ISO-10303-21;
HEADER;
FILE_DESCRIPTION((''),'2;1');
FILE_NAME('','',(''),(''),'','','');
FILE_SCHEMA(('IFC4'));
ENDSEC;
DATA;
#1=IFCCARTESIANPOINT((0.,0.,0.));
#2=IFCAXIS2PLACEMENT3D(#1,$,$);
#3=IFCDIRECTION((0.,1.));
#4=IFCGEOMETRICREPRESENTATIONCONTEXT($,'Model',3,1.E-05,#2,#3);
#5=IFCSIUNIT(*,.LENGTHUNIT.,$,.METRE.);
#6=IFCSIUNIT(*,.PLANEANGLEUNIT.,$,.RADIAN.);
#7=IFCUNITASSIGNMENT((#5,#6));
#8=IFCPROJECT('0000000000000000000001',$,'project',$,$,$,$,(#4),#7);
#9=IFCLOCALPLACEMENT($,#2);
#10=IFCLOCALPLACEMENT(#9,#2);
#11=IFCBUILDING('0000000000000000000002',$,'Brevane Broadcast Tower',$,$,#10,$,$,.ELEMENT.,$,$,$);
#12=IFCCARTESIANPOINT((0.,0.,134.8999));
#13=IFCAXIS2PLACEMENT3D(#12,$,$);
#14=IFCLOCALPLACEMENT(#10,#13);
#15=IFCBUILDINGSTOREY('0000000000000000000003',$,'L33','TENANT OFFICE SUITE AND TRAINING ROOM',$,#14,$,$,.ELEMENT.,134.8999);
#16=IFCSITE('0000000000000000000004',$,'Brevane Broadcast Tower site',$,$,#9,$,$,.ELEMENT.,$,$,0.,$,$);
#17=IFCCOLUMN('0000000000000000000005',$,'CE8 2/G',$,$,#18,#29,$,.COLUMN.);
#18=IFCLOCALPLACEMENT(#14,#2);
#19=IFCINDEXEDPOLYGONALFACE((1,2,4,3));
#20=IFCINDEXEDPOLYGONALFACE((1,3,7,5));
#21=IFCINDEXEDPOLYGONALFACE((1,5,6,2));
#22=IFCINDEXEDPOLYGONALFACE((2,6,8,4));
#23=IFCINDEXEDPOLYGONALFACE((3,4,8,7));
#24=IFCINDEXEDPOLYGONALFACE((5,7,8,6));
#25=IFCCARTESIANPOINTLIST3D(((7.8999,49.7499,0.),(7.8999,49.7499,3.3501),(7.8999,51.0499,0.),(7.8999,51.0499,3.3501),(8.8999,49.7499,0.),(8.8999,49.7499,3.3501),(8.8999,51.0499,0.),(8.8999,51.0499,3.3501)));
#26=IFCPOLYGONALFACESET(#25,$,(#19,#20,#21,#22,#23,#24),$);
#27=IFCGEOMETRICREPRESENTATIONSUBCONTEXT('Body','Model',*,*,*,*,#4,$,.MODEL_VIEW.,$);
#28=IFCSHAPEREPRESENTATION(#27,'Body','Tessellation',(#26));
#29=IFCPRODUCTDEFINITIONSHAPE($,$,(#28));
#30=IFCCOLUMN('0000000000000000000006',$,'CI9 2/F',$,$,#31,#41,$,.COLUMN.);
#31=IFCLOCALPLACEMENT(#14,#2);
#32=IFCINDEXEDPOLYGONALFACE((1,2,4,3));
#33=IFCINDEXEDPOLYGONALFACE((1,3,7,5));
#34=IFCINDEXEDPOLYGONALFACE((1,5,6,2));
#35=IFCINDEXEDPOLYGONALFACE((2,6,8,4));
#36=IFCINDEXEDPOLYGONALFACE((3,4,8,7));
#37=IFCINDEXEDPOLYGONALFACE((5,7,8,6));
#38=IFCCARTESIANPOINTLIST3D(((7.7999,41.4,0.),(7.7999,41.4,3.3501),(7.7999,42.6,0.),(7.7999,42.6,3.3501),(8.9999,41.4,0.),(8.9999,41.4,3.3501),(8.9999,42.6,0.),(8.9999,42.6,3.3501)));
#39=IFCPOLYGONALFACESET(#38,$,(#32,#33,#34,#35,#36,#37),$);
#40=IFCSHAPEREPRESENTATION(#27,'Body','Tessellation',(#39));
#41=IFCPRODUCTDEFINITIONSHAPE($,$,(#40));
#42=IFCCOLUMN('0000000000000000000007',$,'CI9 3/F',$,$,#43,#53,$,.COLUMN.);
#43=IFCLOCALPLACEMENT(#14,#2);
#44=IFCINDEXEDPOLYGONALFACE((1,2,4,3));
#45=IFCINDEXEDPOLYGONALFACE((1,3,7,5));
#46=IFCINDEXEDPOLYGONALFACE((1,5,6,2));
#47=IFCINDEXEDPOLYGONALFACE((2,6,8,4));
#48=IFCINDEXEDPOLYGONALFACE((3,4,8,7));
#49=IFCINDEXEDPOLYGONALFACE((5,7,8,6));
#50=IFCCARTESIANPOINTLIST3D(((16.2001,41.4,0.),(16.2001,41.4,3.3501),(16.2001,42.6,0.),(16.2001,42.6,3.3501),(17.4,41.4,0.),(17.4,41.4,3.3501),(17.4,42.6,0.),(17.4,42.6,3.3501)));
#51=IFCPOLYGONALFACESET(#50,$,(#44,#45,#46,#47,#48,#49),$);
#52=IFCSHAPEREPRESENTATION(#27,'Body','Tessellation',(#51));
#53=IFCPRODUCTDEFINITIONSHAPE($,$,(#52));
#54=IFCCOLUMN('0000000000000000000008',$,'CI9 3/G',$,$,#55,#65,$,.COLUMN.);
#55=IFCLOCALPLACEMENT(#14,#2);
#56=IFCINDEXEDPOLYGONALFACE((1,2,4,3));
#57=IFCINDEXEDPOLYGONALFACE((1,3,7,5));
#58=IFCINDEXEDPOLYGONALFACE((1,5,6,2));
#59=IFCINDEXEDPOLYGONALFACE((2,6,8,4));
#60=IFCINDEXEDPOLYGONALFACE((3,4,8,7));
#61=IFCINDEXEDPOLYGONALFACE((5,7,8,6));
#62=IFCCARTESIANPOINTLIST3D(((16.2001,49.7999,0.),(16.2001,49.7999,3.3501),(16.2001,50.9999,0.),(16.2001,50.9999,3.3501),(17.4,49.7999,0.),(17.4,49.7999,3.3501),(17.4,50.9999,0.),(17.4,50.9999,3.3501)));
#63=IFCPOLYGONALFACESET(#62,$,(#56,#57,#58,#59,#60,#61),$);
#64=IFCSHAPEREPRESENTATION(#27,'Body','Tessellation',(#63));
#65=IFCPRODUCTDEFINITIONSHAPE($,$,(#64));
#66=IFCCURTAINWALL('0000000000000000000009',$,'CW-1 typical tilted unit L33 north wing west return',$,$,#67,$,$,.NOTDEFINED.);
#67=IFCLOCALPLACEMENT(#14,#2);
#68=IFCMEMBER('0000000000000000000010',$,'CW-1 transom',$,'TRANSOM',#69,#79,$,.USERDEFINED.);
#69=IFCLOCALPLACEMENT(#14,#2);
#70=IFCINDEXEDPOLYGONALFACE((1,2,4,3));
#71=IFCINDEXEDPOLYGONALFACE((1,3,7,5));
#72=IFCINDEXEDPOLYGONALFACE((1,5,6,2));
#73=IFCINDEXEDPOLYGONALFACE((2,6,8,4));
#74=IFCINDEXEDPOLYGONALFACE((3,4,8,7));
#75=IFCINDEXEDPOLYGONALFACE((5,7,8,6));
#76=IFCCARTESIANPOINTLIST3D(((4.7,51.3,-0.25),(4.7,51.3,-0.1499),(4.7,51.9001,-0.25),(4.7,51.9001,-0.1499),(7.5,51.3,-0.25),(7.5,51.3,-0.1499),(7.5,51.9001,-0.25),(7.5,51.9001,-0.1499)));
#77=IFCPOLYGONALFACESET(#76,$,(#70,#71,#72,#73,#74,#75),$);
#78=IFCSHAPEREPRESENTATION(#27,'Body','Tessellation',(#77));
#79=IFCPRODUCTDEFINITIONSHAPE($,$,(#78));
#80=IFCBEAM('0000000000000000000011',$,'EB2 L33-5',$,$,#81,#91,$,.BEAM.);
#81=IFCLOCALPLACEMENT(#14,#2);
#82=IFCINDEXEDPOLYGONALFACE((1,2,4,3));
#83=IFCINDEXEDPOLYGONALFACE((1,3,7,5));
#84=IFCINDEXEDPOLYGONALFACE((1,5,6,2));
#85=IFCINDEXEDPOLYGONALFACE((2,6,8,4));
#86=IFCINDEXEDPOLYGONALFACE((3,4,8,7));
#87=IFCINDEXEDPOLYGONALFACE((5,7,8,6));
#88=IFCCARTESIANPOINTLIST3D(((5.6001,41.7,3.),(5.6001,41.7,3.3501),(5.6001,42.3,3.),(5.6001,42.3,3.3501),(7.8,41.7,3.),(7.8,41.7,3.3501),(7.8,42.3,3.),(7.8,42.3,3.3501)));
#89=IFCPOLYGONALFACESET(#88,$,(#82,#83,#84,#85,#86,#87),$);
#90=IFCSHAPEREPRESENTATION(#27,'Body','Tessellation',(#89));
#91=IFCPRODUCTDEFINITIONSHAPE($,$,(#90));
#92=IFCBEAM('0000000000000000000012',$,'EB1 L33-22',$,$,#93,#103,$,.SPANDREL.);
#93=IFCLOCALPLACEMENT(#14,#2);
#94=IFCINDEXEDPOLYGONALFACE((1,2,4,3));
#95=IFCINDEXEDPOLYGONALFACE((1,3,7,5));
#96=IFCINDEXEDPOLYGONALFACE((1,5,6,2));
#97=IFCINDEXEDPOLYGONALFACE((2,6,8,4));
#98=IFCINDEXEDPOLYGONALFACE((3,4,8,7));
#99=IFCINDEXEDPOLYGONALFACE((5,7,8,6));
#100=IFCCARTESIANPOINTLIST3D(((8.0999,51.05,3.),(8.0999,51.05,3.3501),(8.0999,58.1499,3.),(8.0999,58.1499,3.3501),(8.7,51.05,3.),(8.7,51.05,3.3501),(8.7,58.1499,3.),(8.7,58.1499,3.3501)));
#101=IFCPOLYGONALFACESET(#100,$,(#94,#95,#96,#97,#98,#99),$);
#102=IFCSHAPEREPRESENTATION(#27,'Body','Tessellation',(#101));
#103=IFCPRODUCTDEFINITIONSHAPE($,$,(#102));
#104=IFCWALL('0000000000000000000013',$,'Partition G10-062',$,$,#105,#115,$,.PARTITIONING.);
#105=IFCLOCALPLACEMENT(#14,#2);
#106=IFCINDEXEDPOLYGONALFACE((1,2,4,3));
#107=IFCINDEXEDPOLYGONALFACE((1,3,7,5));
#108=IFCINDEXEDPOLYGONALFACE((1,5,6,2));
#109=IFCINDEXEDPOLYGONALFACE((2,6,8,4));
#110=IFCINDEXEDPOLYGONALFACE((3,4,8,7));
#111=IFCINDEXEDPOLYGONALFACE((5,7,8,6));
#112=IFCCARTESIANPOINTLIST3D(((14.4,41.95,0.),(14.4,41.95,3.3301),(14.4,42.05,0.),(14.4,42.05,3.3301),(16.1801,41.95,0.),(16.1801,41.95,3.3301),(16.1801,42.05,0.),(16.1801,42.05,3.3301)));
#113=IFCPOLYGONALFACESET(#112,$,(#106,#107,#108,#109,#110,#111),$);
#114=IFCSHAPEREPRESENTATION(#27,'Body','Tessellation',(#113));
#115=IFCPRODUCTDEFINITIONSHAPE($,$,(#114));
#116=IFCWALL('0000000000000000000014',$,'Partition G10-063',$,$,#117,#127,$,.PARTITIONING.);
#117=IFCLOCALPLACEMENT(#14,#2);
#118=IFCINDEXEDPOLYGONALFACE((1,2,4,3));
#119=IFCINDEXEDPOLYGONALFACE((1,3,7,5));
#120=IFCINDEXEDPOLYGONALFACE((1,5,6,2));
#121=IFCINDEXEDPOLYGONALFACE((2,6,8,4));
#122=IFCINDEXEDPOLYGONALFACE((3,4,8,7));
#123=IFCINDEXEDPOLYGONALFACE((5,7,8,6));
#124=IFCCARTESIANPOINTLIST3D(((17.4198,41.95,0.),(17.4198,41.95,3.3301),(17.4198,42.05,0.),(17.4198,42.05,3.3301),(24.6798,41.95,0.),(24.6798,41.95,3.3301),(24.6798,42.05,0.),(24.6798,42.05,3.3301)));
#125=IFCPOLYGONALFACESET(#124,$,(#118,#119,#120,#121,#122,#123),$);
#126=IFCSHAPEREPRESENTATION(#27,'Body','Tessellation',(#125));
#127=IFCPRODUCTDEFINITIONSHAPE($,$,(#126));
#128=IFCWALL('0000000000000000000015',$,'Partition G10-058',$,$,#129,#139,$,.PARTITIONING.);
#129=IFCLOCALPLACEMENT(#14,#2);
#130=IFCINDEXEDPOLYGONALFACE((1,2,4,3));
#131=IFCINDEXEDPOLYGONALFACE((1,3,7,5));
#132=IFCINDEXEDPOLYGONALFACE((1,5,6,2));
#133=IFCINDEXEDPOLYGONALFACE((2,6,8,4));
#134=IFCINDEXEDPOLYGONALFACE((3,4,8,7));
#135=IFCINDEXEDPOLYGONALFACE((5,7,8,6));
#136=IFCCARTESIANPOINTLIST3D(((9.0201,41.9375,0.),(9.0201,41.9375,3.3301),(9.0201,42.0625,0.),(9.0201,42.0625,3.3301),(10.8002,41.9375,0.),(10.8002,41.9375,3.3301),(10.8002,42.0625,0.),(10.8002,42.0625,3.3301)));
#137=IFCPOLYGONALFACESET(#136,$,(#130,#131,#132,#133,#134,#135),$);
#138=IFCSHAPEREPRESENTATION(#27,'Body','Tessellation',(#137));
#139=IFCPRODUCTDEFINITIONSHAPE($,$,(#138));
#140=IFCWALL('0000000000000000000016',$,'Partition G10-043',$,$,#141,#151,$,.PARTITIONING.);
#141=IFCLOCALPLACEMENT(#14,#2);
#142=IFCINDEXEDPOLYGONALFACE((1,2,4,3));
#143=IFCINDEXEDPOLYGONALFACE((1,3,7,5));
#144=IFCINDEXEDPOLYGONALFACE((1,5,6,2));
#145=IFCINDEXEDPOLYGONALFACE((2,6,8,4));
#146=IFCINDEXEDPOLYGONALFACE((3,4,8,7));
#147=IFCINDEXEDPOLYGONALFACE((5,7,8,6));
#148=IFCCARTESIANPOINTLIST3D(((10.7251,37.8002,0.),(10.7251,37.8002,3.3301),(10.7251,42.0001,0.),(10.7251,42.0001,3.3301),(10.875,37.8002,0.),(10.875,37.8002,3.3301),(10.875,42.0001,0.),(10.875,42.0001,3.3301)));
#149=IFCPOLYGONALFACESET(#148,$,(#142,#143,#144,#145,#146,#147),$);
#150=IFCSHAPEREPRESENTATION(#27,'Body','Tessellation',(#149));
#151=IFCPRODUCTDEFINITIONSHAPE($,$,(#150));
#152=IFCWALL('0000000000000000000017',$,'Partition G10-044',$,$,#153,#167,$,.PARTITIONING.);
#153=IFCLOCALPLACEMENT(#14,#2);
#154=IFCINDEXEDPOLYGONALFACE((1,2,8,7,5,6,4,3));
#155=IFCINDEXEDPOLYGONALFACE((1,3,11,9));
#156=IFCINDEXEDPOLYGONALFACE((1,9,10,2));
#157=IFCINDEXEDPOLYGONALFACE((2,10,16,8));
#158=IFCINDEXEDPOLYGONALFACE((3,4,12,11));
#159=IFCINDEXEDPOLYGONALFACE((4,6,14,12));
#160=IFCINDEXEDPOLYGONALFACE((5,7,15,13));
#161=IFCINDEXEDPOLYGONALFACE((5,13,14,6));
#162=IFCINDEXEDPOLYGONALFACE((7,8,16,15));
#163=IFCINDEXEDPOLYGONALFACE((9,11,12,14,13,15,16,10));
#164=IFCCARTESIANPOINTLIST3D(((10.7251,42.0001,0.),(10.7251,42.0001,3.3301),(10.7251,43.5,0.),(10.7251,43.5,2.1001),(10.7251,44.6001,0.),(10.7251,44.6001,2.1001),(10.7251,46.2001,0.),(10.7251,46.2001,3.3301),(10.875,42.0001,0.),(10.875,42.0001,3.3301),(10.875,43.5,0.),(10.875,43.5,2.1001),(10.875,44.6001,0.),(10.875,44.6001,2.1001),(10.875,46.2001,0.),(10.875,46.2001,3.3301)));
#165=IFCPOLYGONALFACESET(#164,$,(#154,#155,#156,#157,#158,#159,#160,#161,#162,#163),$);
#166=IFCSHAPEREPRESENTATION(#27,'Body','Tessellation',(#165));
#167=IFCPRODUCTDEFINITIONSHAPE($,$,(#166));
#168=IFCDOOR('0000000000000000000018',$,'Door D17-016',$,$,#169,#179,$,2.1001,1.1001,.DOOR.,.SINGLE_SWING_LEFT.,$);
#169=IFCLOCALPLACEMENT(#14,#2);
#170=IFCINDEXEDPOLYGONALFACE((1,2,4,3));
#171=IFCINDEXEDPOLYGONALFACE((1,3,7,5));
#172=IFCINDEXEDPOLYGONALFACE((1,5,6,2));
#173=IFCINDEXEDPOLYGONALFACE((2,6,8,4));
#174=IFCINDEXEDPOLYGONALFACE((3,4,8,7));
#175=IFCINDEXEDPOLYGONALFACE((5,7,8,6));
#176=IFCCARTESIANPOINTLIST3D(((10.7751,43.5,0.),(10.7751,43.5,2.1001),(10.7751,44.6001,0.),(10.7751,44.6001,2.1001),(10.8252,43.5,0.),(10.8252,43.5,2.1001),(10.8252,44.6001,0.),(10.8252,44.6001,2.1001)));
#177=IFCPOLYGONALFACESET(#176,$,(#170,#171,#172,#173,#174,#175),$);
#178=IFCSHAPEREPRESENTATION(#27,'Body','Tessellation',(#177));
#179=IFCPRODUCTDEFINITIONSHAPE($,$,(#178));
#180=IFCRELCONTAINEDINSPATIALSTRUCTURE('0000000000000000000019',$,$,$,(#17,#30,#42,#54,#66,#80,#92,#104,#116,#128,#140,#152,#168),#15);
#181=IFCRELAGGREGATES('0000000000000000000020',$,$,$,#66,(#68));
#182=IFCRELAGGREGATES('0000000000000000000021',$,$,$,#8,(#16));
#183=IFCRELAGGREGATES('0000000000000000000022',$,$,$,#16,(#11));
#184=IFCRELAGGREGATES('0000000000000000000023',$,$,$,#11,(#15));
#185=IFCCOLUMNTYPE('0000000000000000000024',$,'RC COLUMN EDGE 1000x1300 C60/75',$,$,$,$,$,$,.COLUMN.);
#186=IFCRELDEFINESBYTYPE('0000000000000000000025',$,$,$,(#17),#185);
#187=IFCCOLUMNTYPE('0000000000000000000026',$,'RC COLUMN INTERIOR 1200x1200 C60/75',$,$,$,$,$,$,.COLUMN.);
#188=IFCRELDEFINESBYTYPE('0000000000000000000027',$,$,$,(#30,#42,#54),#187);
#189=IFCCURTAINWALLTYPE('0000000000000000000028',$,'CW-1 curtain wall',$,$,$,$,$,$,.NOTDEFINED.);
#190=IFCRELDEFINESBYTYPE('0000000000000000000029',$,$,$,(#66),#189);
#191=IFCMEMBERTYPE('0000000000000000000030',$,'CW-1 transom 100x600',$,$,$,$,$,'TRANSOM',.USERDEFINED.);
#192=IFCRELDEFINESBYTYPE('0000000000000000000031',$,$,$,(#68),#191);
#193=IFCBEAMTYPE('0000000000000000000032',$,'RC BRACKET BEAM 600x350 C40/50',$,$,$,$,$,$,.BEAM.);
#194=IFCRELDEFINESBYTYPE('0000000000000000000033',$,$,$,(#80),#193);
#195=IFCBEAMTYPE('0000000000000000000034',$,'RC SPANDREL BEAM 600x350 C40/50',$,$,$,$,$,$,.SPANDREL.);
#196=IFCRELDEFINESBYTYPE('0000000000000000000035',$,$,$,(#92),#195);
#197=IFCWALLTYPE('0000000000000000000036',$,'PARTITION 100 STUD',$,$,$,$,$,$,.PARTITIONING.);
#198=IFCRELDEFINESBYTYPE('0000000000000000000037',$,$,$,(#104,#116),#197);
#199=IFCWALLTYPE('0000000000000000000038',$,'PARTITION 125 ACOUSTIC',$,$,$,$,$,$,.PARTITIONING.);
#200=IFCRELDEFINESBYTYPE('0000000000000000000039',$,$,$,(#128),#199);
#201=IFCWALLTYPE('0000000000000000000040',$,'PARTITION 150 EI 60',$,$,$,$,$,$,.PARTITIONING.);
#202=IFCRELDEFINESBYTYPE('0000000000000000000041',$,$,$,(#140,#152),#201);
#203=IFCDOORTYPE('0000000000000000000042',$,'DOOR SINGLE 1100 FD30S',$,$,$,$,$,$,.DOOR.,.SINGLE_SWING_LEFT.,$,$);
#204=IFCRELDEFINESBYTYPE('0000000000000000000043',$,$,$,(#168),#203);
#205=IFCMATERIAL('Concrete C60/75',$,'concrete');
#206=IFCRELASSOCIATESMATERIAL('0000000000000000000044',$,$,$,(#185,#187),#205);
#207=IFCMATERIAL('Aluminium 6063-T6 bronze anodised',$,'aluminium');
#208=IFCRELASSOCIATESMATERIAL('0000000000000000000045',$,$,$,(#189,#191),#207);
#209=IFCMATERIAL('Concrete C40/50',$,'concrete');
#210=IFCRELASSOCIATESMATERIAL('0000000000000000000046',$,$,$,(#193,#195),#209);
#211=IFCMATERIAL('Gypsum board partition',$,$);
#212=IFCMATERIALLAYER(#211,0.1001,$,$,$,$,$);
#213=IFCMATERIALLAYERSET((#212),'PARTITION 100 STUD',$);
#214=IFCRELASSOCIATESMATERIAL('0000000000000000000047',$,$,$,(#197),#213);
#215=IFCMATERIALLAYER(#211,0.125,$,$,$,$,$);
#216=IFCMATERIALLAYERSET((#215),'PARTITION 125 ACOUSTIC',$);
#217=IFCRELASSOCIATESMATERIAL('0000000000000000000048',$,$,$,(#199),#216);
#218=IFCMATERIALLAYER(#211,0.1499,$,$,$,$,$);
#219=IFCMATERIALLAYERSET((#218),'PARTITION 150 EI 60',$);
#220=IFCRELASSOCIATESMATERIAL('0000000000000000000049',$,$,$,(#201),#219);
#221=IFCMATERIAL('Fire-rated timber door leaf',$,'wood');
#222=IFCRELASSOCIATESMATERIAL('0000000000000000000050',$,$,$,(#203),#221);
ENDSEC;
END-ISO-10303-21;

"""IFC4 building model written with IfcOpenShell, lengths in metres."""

from ifc_helpers import new_model, si_unit, direction, frame, frame_2d, origin, origin_2d, place, context, subcontext, project, spatial, rectangle, extrude, material, layer, layer_set, material_profile, profile_set, type_object, element, fill, aggregate, save


model = new_model("IFC4")

# Units and contexts
model_context = context("Model", 3, precision=1e-05, world=origin(), true_north=direction((0.0, 1.0)))
body_context = subcontext(model_context, "Body", "Model", "MODEL_VIEW")
ifc_project = project(units=[si_unit("LENGTHUNIT", "METRE"), si_unit("PLANEANGLEUNIT", "RADIAN")], contexts=[model_context])

# Site, building, storey
site_placement = place(None, origin())
site = spatial("IfcSite", under=ifc_project, at=site_placement, Name="Brevane Broadcast Tower site", CompositionType="ELEMENT", RefElevation=0.0)
building_placement = place(site_placement, origin())
building = spatial("IfcBuilding", under=site, at=building_placement, Name="Brevane Broadcast Tower", CompositionType="ELEMENT")
storey_placement = place(building_placement, frame((0.0, 0.0, 134.8999)))
storey = spatial("IfcBuildingStorey", under=building, at=storey_placement, Name="L33", Description="TENANT OFFICE SUITE AND TRAINING ROOM", CompositionType="ELEMENT", Elevation=134.8999)

# Columns
ifc_material_1 = material(Name="Concrete C60/75", Category="concrete")
ifc_material_profile_1 = material_profile(ifc_material_1, rectangle(XDim=1.0, YDim=1.3, at=origin_2d()), Name="RC 1000x1300")
ifc_profile_set_1 = profile_set([ifc_material_profile_1], Name="Concrete C60/75")
column_type_1 = type_object("IfcColumnType", Name="RC COLUMN EDGE 1000x1300 C60/75", PredefinedType="COLUMN", material=ifc_profile_set_1)
column_placement = place(storey_placement, frame((8.3999, 50.3999, 0.0), z_axis=(0.0, 0.0, 1.0), x_axis=(1.0, 0.0, 0.0)))
element("IfcColumn", 1, at=column_placement, inside=storey, type_object=column_type_1, Name="CE8 2/G", PredefinedType="COLUMN", context=body_context, shape_type="SweptSolid", body=[
    extrude(rectangle(XDim=1.0, YDim=1.3, at=origin_2d()), origin(), (0.0, 0.0, 1.0), 3.3501),
])
ifc_material_profile_2 = material_profile(ifc_material_1, rectangle(XDim=1.2, YDim=1.2, at=origin_2d()), Name="RC 1200x1200")
ifc_profile_set_2 = profile_set([ifc_material_profile_2], Name="Concrete C60/75")
column_type_2 = type_object("IfcColumnType", Name="RC COLUMN INTERIOR 1200x1200 C60/75", PredefinedType="COLUMN", material=ifc_profile_set_2)
for number, where, z_axis, x_axis, name in (
    (2, (8.3999, 42.0, 0.0), (0.0, 0.0, 1.0), (1.0, 0.0, 0.0), "CI9 2/F"),
    (3, (16.8, 42.0, 0.0), (0.0, 0.0, 1.0), (1.0, 0.0, 0.0), "CI9 3/F"),
    (4, (16.8, 50.3999, 0.0), (0.0, 0.0, 1.0), (1.0, 0.0, 0.0), "CI9 3/G"),
):
    element("IfcColumn", number, at=place(storey_placement, frame(where, z_axis=z_axis, x_axis=x_axis)), inside=storey, type_object=column_type_2, Name=name, PredefinedType="COLUMN", context=body_context, shape_type="SweptSolid", body=[
        extrude(rectangle(XDim=1.2, YDim=1.2, at=origin_2d()), origin(), (0.0, 0.0, 1.0), 3.3501),
    ])

# Curtain wall, member
ifc_material_2 = material(Name="Aluminium 6063-T6 bronze anodised", Category="aluminium")
curtain_wall_type = type_object("IfcCurtainWallType", Name="CW-1 curtain wall", PredefinedType="NOTDEFINED", material=ifc_material_2)
curtain_wall_placement = place(storey_placement, origin())
curtain_wall = element("IfcCurtainWall", 5, at=curtain_wall_placement, inside=storey, type_object=curtain_wall_type, Name="CW-1 typical tilted unit L33 north wing west return", PredefinedType="NOTDEFINED")
ifc_material_profile_3 = material_profile(ifc_material_2, rectangle(XDim=0.6001, YDim=0.1001, at=origin_2d()), Name="RECT 100x600")
ifc_profile_set_3 = profile_set([ifc_material_profile_3], Name="Aluminium 6063-T6 bronze anodised")
member_type = type_object("IfcMemberType", Name="CW-1 transom 100x600", ElementType="TRANSOM", PredefinedType="USERDEFINED", material=ifc_profile_set_3)
member_placement = place(storey_placement, frame((7.5, 51.6001, -0.2), z_axis=(-1.0, 0.0, 0.0), x_axis=(0.0, -1.0, 0.0)))
member = element("IfcMember", 6, at=member_placement, type_object=member_type, Name="CW-1 transom", ObjectType="TRANSOM", PredefinedType="USERDEFINED", context=body_context, shape_type="SweptSolid", body=[
    extrude(rectangle(XDim=0.6001, YDim=0.1001, at=origin_2d()), origin(), (0.0, 0.0, 1.0), 2.8),
])
aggregate(curtain_wall, [member])

# Beams
ifc_material_3 = material(Name="Concrete C40/50", Category="concrete")
ifc_material_profile_4 = material_profile(ifc_material_3, rectangle(XDim=0.6001, YDim=0.3501, at=origin_2d()), Name="RC 600x350")
ifc_profile_set_4 = profile_set([ifc_material_profile_4], Name="Concrete C40/50")
beam_type_1 = type_object("IfcBeamType", Name="RC BRACKET BEAM 600x350 C40/50", PredefinedType="BEAM", material=ifc_profile_set_4)
beam_1_placement = place(storey_placement, frame((7.8, 42.0, 3.175), z_axis=(-1.0, 0.0, 0.0), x_axis=(0.0, -1.0, 0.0)))
element("IfcBeam", 7, at=beam_1_placement, inside=storey, type_object=beam_type_1, Name="EB2 L33-5", PredefinedType="BEAM", context=body_context, shape_type="SweptSolid", body=[
    extrude(rectangle(XDim=0.6001, YDim=0.3501, at=origin_2d()), origin(), (0.0, 0.0, 1.0), 2.2),
])
ifc_material_profile_5 = material_profile(ifc_material_3, rectangle(XDim=0.6001, YDim=0.3501, at=origin_2d()), Name="RC 600x350")
ifc_profile_set_5 = profile_set([ifc_material_profile_5], Name="Concrete C40/50")
beam_type_2 = type_object("IfcBeamType", Name="RC SPANDREL BEAM 600x350 C40/50", PredefinedType="SPANDREL", material=ifc_profile_set_5)
beam_2_placement = place(storey_placement, frame((8.3999, 51.05, 3.175), z_axis=(0.0, 1.0, 0.0), x_axis=(-1.0, 0.0, 0.0)))
element("IfcBeam", 8, at=beam_2_placement, inside=storey, type_object=beam_type_2, Name="EB1 L33-22", PredefinedType="SPANDREL", context=body_context, shape_type="SweptSolid", body=[
    extrude(rectangle(XDim=0.6001, YDim=0.3501, at=origin_2d()), origin(), (0.0, 0.0, 1.0), 7.0999),
])

# Walls
ifc_material_4 = material(Name="Gypsum board partition")
ifc_layer_1 = layer(ifc_material_4, 0.1001)
ifc_layer_set_1 = layer_set([ifc_layer_1], Name="PARTITION 100 STUD")
wall_type_1 = type_object("IfcWallType", Name="PARTITION 100 STUD", PredefinedType="PARTITIONING", material=ifc_layer_set_1)
wall_1_placement = place(storey_placement, frame((14.3999, 42.0, 0.0), z_axis=(0.0, 0.0, 1.0), x_axis=(1.0, 0.0, 0.0)))
element("IfcWall", 9, at=wall_1_placement, inside=storey, type_object=wall_type_1, Name="Partition G10-062", PredefinedType="PARTITIONING", context=body_context, shape_type="SweptSolid", body=[
    extrude(rectangle(XDim=1.78, YDim=0.1001, at=frame_2d((0.8901, 0.0))), origin(), (0.0, 0.0, 1.0), 3.3301),
])
wall_2_placement = place(storey_placement, frame((17.4199, 42.0, 0.0), z_axis=(0.0, 0.0, 1.0), x_axis=(1.0, 0.0, 0.0)))
element("IfcWall", 10, at=wall_2_placement, inside=storey, type_object=wall_type_1, Name="Partition G10-063", PredefinedType="PARTITIONING", context=body_context, shape_type="SweptSolid", body=[
    extrude(rectangle(XDim=7.26, YDim=0.1001, at=frame_2d((3.6299, 0.0))), origin(), (0.0, 0.0, 1.0), 3.3301),
])
ifc_layer_2 = layer(ifc_material_4, 0.125)
ifc_layer_set_2 = layer_set([ifc_layer_2], Name="PARTITION 125 ACOUSTIC")
wall_type_2 = type_object("IfcWallType", Name="PARTITION 125 ACOUSTIC", PredefinedType="PARTITIONING", material=ifc_layer_set_2)
wall_3_placement = place(storey_placement, frame((9.02, 42.0, 0.0), z_axis=(0.0, 0.0, 1.0), x_axis=(1.0, 0.0, 0.0)))
element("IfcWall", 11, at=wall_3_placement, inside=storey, type_object=wall_type_2, Name="Partition G10-058", PredefinedType="PARTITIONING", context=body_context, shape_type="SweptSolid", body=[
    extrude(rectangle(XDim=1.78, YDim=0.125, at=frame_2d((0.8901, 0.0))), origin(), (0.0, 0.0, 1.0), 3.3301),
])
ifc_layer_3 = layer(ifc_material_4, 0.1499)
ifc_layer_set_3 = layer_set([ifc_layer_3], Name="PARTITION 150 EI 60")
wall_type_3 = type_object("IfcWallType", Name="PARTITION 150 EI 60", PredefinedType="PARTITIONING", material=ifc_layer_set_3)
wall_4_placement = place(storey_placement, frame((10.8, 37.8, 0.0), z_axis=(0.0, 0.0, 1.0), x_axis=(0.0, 1.0, 0.0)))
element("IfcWall", 12, at=wall_4_placement, inside=storey, type_object=wall_type_3, Name="Partition G10-043", PredefinedType="PARTITIONING", context=body_context, shape_type="SweptSolid", body=[
    extrude(rectangle(XDim=4.2, YDim=0.1499, at=frame_2d((2.1001, 0.0))), origin(), (0.0, 0.0, 1.0), 3.3301),
])

# Wall, opening, door
wall_5_placement = place(storey_placement, frame((10.8, 42.0, 0.0), z_axis=(0.0, 0.0, 1.0), x_axis=(0.0, 1.0, 0.0)))
wall_5 = element("IfcWall", 13, at=wall_5_placement, inside=storey, type_object=wall_type_3, Name="Partition G10-044", PredefinedType="PARTITIONING", context=body_context, shape_type="SweptSolid", body=[
    extrude(rectangle(XDim=4.2, YDim=0.1499, at=frame_2d((2.1001, 0.0))), origin(), (0.0, 0.0, 1.0), 3.3301),
])
opening_1_placement = place(wall_5_placement, frame((1.5, 0.0, 0.0)))
opening_1 = element("IfcOpeningElement", 14, at=opening_1_placement, cuts=wall_5, PredefinedType="OPENING", context=body_context, shape_type="SweptSolid", body=[
    extrude(rectangle(XDim=1.1001, YDim=2.1001, at=frame_2d((0.55, 1.05))), frame((0.0, 0.085, 0.0), z_axis=(0.0, -1.0, 0.0), x_axis=(1.0, 0.0, 0.0)), (0.0, 0.0, 1.0), 0.1699),
])
ifc_material_5 = material(Name="Fire-rated timber door leaf", Category="wood")
door_type_1 = type_object("IfcDoorType", Name="DOOR SINGLE 1100 FD30S", OperationType="SINGLE_SWING_LEFT", PredefinedType="DOOR", material=ifc_material_5)
door_1_placement = place(opening_1_placement, origin())
door_1 = element("IfcDoor", 15, at=door_1_placement, inside=storey, type_object=door_type_1, Name="Door D17-016", OperationType="SINGLE_SWING_LEFT", OverallHeight=2.1001, OverallWidth=1.1001, PredefinedType="DOOR", context=body_context, shape_type="SweptSolid", body=[
    extrude(rectangle(XDim=1.1001, YDim=2.1001, at=frame_2d((0.55, 1.05))), frame((0.0, 0.0249, 0.0), z_axis=(0.0, -1.0, 0.0), x_axis=(1.0, 0.0, 0.0)), (0.0, 0.0, 1.0), 0.05),
])
fill(opening_1, door_1)

save(model, "model.ifc")
